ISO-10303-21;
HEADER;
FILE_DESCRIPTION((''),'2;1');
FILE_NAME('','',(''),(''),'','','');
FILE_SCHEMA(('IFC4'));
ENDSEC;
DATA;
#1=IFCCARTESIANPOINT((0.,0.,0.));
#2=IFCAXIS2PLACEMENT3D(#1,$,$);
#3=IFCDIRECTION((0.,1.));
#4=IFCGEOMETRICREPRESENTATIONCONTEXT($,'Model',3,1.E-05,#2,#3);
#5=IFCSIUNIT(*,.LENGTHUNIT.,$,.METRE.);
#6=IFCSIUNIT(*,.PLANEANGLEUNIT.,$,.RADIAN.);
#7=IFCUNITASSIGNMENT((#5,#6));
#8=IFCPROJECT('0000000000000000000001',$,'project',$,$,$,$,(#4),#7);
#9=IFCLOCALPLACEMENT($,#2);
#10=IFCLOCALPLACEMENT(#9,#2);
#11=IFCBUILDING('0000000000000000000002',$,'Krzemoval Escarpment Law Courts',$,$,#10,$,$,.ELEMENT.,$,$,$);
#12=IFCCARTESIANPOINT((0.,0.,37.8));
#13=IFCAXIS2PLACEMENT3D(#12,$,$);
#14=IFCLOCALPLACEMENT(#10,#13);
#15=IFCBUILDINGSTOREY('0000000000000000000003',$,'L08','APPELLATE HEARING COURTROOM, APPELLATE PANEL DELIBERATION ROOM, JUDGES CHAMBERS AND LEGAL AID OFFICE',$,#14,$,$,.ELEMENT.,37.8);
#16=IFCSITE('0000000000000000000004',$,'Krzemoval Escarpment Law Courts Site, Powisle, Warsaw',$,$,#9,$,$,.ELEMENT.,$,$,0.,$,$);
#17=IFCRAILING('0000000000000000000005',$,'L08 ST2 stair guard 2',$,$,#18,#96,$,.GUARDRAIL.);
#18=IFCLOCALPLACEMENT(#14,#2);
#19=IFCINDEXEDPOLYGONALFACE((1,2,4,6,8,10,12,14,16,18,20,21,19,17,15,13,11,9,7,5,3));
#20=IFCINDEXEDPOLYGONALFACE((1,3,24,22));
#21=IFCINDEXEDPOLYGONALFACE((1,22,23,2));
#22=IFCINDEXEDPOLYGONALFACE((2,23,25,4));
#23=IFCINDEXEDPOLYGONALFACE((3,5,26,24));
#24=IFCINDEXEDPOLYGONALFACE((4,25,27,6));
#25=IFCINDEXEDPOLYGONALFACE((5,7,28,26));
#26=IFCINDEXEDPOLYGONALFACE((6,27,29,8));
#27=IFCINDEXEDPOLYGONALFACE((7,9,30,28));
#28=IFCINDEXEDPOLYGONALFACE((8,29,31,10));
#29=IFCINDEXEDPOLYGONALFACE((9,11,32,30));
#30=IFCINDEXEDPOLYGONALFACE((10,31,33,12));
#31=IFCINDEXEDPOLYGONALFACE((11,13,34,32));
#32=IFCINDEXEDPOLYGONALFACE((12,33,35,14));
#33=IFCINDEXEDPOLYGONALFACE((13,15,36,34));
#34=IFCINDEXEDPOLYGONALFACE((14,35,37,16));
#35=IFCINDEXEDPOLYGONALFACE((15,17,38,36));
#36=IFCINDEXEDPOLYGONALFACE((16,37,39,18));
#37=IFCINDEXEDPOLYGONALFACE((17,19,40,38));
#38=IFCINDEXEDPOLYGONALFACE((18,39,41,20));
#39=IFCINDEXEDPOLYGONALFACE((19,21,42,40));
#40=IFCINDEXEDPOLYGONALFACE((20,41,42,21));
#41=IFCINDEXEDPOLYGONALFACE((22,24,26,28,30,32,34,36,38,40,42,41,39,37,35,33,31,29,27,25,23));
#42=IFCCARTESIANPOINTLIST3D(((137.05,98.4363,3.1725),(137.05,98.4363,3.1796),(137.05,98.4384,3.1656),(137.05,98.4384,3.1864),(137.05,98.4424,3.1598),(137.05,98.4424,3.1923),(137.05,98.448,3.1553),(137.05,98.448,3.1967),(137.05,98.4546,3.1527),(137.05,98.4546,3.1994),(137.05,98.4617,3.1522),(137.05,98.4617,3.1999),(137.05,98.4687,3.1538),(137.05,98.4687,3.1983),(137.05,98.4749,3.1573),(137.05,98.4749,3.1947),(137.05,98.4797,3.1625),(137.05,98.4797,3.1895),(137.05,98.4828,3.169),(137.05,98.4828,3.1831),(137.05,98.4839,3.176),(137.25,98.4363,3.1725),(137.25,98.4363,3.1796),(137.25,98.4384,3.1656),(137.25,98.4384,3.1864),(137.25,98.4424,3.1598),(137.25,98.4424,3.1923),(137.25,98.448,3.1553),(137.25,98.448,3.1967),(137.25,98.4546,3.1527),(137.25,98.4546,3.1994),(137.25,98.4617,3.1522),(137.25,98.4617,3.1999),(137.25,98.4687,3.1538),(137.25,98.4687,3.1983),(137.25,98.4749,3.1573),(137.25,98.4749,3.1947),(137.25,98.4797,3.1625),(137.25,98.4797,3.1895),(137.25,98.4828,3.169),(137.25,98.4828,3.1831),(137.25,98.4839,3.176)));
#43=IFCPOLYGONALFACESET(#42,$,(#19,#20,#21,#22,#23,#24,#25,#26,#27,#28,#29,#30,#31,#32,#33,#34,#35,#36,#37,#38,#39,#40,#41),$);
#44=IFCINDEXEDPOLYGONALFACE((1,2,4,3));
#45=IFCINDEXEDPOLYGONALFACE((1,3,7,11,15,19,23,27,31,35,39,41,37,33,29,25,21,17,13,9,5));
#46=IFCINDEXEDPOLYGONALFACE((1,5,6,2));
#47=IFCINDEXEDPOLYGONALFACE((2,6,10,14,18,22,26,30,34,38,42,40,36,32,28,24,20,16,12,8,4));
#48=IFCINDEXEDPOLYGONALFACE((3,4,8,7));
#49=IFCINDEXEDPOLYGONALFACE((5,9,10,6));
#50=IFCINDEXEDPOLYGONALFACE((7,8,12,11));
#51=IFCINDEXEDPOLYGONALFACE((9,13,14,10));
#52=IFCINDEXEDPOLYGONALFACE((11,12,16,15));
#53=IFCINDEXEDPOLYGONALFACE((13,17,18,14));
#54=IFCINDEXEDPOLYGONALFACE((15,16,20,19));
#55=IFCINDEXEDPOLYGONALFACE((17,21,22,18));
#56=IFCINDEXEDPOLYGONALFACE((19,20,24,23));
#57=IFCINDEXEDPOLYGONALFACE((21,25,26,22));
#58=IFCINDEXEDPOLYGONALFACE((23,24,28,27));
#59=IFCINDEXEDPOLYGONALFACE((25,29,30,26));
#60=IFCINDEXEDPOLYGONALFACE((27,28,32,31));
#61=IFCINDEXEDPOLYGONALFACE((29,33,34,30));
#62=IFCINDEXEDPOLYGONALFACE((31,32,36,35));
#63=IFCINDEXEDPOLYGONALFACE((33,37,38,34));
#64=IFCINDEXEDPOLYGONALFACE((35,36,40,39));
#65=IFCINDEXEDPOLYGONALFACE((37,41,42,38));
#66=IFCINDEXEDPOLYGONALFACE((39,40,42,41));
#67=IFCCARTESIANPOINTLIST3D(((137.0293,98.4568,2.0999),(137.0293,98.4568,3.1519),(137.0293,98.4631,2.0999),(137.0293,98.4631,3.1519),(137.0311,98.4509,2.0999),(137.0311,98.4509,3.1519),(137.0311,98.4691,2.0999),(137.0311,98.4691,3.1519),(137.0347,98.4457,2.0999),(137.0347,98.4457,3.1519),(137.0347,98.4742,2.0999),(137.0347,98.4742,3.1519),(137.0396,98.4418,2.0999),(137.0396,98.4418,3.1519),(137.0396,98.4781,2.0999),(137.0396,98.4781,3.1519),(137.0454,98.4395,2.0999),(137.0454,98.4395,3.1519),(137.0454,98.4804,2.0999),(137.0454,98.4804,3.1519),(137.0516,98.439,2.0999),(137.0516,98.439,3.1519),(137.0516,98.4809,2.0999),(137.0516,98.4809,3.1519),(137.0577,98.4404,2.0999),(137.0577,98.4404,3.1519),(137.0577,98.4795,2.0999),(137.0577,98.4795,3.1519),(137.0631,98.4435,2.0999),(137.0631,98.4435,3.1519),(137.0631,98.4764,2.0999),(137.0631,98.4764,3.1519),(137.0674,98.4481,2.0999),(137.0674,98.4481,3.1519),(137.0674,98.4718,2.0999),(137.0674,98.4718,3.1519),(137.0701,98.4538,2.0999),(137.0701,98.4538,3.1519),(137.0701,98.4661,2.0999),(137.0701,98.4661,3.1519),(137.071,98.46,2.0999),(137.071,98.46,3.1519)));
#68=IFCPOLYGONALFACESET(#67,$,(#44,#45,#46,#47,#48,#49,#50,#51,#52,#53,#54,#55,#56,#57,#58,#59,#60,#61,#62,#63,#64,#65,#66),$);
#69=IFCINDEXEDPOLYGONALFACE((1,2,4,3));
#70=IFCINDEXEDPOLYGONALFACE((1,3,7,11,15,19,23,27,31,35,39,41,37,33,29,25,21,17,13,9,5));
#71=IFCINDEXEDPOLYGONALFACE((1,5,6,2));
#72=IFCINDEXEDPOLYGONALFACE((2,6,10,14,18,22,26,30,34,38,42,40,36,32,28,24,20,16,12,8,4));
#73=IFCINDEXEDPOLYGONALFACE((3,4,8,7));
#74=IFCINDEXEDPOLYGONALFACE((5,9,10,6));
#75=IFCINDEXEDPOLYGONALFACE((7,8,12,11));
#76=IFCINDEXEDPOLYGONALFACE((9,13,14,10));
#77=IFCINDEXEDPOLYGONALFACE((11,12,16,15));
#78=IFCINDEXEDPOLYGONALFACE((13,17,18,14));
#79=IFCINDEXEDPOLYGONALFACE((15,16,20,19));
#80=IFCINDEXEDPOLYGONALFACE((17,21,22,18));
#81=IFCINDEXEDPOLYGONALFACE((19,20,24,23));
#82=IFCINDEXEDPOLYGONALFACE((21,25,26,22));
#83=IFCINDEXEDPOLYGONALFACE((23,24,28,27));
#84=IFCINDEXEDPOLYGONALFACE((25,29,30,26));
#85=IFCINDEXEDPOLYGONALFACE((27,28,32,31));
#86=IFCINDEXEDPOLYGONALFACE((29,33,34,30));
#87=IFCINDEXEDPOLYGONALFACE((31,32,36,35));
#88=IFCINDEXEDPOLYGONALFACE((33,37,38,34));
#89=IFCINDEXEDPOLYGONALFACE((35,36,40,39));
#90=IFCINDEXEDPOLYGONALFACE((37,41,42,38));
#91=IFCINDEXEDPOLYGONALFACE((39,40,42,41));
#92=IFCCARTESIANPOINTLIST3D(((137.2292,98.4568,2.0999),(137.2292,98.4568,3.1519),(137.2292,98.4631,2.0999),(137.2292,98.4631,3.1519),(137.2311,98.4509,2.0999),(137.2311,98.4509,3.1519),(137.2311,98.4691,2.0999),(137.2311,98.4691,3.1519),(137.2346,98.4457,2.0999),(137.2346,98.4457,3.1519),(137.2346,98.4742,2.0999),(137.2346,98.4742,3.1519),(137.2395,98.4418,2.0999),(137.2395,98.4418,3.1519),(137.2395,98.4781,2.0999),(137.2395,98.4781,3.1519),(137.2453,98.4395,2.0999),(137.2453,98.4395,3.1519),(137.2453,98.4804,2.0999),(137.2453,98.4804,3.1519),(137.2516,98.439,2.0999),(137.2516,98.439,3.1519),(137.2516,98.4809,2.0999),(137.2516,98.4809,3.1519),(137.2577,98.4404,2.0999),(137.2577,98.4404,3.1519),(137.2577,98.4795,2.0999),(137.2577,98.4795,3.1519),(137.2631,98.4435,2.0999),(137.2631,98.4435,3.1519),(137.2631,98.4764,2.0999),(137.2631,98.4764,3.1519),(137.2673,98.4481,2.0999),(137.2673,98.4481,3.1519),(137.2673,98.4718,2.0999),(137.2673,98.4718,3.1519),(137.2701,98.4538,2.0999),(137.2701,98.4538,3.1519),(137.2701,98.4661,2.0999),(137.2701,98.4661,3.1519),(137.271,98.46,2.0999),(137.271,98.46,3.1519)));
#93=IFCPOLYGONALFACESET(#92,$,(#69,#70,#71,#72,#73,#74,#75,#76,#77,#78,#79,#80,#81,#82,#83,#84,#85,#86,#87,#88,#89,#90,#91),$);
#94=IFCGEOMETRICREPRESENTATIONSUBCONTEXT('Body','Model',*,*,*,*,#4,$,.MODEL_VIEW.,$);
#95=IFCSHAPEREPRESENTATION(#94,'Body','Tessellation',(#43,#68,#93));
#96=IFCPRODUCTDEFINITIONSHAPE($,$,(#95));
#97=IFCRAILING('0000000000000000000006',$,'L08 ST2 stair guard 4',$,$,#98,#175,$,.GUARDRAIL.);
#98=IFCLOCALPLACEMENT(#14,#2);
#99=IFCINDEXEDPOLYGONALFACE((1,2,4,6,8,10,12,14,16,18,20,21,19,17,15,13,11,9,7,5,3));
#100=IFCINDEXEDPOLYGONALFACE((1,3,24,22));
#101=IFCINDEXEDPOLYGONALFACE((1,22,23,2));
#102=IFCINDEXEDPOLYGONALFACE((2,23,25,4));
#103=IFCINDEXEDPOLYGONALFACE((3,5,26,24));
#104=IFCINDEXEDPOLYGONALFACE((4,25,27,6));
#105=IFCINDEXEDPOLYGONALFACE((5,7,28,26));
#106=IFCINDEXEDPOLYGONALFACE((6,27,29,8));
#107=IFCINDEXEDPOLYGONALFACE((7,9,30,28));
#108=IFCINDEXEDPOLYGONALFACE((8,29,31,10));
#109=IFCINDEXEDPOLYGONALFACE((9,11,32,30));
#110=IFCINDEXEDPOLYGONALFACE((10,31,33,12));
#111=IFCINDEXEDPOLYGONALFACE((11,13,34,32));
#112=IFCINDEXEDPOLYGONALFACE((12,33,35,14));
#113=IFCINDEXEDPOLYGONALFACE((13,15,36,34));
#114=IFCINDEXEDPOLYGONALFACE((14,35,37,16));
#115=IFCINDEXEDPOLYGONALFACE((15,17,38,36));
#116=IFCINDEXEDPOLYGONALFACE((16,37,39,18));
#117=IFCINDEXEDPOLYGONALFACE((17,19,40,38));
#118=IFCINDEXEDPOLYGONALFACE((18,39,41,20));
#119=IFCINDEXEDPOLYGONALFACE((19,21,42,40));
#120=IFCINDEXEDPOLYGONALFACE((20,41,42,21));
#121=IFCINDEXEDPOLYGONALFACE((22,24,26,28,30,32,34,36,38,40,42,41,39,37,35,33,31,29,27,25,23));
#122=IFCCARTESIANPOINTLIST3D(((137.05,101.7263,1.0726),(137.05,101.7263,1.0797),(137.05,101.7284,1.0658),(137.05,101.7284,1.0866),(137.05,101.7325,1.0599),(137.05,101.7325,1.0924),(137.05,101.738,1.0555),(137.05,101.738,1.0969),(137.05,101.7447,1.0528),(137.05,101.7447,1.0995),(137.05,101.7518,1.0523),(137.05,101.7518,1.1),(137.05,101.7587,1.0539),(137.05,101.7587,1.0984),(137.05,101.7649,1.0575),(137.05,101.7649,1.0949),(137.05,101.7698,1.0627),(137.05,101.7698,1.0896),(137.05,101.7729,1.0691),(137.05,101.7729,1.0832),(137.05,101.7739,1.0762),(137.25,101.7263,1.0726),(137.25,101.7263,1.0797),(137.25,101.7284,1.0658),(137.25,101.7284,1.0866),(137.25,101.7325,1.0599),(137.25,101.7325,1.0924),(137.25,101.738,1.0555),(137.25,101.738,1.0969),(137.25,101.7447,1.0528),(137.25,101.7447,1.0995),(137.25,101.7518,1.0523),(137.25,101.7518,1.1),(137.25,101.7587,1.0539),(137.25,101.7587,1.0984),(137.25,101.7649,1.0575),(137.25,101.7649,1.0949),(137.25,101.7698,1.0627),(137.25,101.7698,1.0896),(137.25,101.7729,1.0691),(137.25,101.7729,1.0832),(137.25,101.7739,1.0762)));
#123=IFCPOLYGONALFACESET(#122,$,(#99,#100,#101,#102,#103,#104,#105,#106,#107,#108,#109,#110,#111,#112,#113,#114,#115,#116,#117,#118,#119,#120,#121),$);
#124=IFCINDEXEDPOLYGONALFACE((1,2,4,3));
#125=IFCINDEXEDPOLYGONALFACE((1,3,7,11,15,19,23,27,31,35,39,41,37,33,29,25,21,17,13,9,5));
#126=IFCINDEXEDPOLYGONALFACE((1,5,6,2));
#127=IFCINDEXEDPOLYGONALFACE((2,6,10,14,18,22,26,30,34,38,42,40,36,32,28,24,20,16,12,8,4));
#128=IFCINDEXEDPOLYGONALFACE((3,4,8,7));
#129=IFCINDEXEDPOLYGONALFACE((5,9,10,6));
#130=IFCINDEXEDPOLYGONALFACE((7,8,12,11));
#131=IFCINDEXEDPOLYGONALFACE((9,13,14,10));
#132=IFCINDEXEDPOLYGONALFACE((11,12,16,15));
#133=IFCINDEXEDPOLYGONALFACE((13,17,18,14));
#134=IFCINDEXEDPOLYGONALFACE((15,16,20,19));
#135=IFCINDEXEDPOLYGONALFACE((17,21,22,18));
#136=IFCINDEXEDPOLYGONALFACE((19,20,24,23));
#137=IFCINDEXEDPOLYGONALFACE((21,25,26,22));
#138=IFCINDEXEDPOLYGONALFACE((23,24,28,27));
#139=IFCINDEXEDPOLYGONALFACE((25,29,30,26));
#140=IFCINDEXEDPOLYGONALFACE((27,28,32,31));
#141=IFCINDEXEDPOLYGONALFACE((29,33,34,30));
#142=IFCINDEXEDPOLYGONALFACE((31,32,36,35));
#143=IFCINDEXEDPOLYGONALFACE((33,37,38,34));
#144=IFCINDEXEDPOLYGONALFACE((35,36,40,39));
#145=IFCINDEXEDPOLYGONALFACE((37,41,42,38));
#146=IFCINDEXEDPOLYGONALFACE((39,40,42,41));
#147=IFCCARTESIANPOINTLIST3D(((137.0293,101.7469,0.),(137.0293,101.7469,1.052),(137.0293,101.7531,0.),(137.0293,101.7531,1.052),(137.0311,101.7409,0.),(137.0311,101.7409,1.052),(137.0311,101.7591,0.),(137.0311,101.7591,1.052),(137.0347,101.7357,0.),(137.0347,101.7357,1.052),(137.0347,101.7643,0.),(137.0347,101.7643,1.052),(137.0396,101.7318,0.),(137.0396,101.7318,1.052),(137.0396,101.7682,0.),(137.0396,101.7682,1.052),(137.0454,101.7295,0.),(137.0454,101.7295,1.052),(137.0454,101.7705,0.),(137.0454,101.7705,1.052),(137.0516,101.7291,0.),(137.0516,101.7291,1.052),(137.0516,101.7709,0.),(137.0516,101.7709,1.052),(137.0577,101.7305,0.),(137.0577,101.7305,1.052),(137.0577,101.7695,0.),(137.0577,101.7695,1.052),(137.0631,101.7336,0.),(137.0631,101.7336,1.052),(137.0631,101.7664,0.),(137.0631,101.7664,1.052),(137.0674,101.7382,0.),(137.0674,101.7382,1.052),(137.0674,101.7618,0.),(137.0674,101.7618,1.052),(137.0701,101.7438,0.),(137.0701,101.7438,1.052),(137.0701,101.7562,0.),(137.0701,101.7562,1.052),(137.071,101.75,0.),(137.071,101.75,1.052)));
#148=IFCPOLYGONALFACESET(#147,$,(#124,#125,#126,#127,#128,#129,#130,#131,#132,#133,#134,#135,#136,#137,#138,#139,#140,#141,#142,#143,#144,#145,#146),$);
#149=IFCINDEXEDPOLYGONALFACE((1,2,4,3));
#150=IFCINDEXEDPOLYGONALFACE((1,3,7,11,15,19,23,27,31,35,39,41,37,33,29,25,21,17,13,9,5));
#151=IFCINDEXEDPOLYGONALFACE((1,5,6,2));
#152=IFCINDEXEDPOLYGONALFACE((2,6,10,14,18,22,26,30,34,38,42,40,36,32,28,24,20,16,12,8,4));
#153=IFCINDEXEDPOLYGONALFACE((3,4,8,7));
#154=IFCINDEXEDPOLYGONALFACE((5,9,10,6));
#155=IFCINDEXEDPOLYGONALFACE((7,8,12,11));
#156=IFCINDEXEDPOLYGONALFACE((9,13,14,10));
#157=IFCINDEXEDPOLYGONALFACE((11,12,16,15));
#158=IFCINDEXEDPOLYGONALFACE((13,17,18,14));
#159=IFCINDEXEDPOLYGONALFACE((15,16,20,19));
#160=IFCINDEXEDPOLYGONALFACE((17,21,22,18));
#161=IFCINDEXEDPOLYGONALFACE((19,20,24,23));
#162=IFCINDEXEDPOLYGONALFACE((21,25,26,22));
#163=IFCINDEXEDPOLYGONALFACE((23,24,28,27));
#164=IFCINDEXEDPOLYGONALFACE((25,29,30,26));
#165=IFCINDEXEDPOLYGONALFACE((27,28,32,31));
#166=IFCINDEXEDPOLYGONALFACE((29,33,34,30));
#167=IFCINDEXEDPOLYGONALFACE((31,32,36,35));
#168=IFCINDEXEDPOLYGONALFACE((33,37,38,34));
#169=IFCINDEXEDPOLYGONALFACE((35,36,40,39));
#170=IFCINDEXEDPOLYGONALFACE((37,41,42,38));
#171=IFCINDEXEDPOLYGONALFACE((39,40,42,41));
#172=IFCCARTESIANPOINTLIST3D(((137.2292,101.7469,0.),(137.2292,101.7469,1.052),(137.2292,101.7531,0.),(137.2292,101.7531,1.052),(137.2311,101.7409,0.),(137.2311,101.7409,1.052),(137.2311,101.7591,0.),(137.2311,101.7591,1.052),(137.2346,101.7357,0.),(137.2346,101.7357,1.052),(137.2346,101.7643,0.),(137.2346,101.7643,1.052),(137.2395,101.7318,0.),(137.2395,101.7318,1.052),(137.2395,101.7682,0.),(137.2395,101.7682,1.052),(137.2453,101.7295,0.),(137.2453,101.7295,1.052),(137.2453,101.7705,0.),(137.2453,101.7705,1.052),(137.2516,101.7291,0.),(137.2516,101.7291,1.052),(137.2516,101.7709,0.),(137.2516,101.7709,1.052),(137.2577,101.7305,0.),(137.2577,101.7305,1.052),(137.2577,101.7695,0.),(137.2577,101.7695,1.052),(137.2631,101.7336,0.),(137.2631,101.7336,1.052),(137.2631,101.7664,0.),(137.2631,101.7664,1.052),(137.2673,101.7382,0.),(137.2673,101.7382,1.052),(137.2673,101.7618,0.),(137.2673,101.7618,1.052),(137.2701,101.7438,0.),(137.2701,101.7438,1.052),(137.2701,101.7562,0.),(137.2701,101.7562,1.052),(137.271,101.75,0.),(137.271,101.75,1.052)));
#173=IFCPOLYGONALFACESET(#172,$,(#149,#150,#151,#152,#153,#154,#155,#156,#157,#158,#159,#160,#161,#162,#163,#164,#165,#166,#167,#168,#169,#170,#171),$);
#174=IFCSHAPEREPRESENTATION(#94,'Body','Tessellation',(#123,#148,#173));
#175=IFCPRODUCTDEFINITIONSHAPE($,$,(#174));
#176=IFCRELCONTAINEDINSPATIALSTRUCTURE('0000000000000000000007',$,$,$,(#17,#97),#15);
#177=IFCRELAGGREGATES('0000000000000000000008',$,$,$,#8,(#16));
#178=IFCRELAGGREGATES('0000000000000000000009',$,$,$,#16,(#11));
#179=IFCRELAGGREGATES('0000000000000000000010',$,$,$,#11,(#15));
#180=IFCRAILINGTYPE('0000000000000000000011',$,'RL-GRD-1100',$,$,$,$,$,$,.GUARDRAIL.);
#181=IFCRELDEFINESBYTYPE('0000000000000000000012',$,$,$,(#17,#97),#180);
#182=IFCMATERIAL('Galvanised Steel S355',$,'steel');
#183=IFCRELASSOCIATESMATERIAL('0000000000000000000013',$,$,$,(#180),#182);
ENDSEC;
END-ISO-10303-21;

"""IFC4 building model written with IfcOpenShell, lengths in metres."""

from ifc_helpers import new_model, si_unit, direction, frame, origin, origin_2d, place, context, subcontext, project, spatial, circle, extrude, material, type_object, element, save


model = new_model("IFC4")

# Units and contexts
model_context = context("Model", 3, precision=1e-05, world=origin(), true_north=direction((0.0, 1.0)))
body_context = subcontext(model_context, "Body", "Model", "MODEL_VIEW")
ifc_project = project(units=[si_unit("LENGTHUNIT", "METRE"), si_unit("PLANEANGLEUNIT", "RADIAN")], contexts=[model_context])

# Site, building, storey
site_placement = place(None, origin())
site = spatial("IfcSite", under=ifc_project, at=site_placement, Name="Krzemoval Escarpment Law Courts Site, Powisle, Warsaw", CompositionType="ELEMENT", RefElevation=0.0)
building_placement = place(site_placement, origin())
building = spatial("IfcBuilding", under=site, at=building_placement, Name="Krzemoval Escarpment Law Courts", CompositionType="ELEMENT")
storey_placement = place(building_placement, frame((0.0, 0.0, 37.8)))
storey = spatial("IfcBuildingStorey", under=building, at=storey_placement, Name="L08", Description="APPELLATE HEARING COURTROOM, APPELLATE PANEL DELIBERATION ROOM, JUDGES CHAMBERS AND LEGAL AID OFFICE", CompositionType="ELEMENT", Elevation=37.8)

# Railings
ifc_material_1 = material(Name="Galvanised Steel S355", Category="steel")
railing_type_1 = type_object("IfcRailingType", Name="RL-GRD-1100", PredefinedType="GUARDRAIL", material=ifc_material_1)
for number, where, name in (
    (1, (137.05, 98.46, 2.0999), "L08 ST2 stair guard 2"),
    (2, (137.05, 101.75, 0.0), "L08 ST2 stair guard 4"),
):
    element("IfcRailing", number, at=place(storey_placement, frame(where)), inside=storey, type_object=railing_type_1, Name=name, PredefinedType="GUARDRAIL", context=body_context, shape_type="SweptSolid", body=[
        extrude(circle(Radius=0.0239, at=origin_2d()), frame((0.0, 0.0, 1.0762), z_axis=(1.0, 0.0, 0.0), x_axis=(0.0, 1.0, 0.0)), (0.0, 0.0, 1.0), 0.2),
        extrude(circle(Radius=0.021, at=origin_2d()), origin(), (0.0, 0.0, 1.0), 1.052),
        extrude(circle(Radius=0.021, at=origin_2d()), frame((0.2, 0.0, 0.0)), (0.0, 0.0, 1.0), 1.052),
    ])

save(model, "model.ifc")
